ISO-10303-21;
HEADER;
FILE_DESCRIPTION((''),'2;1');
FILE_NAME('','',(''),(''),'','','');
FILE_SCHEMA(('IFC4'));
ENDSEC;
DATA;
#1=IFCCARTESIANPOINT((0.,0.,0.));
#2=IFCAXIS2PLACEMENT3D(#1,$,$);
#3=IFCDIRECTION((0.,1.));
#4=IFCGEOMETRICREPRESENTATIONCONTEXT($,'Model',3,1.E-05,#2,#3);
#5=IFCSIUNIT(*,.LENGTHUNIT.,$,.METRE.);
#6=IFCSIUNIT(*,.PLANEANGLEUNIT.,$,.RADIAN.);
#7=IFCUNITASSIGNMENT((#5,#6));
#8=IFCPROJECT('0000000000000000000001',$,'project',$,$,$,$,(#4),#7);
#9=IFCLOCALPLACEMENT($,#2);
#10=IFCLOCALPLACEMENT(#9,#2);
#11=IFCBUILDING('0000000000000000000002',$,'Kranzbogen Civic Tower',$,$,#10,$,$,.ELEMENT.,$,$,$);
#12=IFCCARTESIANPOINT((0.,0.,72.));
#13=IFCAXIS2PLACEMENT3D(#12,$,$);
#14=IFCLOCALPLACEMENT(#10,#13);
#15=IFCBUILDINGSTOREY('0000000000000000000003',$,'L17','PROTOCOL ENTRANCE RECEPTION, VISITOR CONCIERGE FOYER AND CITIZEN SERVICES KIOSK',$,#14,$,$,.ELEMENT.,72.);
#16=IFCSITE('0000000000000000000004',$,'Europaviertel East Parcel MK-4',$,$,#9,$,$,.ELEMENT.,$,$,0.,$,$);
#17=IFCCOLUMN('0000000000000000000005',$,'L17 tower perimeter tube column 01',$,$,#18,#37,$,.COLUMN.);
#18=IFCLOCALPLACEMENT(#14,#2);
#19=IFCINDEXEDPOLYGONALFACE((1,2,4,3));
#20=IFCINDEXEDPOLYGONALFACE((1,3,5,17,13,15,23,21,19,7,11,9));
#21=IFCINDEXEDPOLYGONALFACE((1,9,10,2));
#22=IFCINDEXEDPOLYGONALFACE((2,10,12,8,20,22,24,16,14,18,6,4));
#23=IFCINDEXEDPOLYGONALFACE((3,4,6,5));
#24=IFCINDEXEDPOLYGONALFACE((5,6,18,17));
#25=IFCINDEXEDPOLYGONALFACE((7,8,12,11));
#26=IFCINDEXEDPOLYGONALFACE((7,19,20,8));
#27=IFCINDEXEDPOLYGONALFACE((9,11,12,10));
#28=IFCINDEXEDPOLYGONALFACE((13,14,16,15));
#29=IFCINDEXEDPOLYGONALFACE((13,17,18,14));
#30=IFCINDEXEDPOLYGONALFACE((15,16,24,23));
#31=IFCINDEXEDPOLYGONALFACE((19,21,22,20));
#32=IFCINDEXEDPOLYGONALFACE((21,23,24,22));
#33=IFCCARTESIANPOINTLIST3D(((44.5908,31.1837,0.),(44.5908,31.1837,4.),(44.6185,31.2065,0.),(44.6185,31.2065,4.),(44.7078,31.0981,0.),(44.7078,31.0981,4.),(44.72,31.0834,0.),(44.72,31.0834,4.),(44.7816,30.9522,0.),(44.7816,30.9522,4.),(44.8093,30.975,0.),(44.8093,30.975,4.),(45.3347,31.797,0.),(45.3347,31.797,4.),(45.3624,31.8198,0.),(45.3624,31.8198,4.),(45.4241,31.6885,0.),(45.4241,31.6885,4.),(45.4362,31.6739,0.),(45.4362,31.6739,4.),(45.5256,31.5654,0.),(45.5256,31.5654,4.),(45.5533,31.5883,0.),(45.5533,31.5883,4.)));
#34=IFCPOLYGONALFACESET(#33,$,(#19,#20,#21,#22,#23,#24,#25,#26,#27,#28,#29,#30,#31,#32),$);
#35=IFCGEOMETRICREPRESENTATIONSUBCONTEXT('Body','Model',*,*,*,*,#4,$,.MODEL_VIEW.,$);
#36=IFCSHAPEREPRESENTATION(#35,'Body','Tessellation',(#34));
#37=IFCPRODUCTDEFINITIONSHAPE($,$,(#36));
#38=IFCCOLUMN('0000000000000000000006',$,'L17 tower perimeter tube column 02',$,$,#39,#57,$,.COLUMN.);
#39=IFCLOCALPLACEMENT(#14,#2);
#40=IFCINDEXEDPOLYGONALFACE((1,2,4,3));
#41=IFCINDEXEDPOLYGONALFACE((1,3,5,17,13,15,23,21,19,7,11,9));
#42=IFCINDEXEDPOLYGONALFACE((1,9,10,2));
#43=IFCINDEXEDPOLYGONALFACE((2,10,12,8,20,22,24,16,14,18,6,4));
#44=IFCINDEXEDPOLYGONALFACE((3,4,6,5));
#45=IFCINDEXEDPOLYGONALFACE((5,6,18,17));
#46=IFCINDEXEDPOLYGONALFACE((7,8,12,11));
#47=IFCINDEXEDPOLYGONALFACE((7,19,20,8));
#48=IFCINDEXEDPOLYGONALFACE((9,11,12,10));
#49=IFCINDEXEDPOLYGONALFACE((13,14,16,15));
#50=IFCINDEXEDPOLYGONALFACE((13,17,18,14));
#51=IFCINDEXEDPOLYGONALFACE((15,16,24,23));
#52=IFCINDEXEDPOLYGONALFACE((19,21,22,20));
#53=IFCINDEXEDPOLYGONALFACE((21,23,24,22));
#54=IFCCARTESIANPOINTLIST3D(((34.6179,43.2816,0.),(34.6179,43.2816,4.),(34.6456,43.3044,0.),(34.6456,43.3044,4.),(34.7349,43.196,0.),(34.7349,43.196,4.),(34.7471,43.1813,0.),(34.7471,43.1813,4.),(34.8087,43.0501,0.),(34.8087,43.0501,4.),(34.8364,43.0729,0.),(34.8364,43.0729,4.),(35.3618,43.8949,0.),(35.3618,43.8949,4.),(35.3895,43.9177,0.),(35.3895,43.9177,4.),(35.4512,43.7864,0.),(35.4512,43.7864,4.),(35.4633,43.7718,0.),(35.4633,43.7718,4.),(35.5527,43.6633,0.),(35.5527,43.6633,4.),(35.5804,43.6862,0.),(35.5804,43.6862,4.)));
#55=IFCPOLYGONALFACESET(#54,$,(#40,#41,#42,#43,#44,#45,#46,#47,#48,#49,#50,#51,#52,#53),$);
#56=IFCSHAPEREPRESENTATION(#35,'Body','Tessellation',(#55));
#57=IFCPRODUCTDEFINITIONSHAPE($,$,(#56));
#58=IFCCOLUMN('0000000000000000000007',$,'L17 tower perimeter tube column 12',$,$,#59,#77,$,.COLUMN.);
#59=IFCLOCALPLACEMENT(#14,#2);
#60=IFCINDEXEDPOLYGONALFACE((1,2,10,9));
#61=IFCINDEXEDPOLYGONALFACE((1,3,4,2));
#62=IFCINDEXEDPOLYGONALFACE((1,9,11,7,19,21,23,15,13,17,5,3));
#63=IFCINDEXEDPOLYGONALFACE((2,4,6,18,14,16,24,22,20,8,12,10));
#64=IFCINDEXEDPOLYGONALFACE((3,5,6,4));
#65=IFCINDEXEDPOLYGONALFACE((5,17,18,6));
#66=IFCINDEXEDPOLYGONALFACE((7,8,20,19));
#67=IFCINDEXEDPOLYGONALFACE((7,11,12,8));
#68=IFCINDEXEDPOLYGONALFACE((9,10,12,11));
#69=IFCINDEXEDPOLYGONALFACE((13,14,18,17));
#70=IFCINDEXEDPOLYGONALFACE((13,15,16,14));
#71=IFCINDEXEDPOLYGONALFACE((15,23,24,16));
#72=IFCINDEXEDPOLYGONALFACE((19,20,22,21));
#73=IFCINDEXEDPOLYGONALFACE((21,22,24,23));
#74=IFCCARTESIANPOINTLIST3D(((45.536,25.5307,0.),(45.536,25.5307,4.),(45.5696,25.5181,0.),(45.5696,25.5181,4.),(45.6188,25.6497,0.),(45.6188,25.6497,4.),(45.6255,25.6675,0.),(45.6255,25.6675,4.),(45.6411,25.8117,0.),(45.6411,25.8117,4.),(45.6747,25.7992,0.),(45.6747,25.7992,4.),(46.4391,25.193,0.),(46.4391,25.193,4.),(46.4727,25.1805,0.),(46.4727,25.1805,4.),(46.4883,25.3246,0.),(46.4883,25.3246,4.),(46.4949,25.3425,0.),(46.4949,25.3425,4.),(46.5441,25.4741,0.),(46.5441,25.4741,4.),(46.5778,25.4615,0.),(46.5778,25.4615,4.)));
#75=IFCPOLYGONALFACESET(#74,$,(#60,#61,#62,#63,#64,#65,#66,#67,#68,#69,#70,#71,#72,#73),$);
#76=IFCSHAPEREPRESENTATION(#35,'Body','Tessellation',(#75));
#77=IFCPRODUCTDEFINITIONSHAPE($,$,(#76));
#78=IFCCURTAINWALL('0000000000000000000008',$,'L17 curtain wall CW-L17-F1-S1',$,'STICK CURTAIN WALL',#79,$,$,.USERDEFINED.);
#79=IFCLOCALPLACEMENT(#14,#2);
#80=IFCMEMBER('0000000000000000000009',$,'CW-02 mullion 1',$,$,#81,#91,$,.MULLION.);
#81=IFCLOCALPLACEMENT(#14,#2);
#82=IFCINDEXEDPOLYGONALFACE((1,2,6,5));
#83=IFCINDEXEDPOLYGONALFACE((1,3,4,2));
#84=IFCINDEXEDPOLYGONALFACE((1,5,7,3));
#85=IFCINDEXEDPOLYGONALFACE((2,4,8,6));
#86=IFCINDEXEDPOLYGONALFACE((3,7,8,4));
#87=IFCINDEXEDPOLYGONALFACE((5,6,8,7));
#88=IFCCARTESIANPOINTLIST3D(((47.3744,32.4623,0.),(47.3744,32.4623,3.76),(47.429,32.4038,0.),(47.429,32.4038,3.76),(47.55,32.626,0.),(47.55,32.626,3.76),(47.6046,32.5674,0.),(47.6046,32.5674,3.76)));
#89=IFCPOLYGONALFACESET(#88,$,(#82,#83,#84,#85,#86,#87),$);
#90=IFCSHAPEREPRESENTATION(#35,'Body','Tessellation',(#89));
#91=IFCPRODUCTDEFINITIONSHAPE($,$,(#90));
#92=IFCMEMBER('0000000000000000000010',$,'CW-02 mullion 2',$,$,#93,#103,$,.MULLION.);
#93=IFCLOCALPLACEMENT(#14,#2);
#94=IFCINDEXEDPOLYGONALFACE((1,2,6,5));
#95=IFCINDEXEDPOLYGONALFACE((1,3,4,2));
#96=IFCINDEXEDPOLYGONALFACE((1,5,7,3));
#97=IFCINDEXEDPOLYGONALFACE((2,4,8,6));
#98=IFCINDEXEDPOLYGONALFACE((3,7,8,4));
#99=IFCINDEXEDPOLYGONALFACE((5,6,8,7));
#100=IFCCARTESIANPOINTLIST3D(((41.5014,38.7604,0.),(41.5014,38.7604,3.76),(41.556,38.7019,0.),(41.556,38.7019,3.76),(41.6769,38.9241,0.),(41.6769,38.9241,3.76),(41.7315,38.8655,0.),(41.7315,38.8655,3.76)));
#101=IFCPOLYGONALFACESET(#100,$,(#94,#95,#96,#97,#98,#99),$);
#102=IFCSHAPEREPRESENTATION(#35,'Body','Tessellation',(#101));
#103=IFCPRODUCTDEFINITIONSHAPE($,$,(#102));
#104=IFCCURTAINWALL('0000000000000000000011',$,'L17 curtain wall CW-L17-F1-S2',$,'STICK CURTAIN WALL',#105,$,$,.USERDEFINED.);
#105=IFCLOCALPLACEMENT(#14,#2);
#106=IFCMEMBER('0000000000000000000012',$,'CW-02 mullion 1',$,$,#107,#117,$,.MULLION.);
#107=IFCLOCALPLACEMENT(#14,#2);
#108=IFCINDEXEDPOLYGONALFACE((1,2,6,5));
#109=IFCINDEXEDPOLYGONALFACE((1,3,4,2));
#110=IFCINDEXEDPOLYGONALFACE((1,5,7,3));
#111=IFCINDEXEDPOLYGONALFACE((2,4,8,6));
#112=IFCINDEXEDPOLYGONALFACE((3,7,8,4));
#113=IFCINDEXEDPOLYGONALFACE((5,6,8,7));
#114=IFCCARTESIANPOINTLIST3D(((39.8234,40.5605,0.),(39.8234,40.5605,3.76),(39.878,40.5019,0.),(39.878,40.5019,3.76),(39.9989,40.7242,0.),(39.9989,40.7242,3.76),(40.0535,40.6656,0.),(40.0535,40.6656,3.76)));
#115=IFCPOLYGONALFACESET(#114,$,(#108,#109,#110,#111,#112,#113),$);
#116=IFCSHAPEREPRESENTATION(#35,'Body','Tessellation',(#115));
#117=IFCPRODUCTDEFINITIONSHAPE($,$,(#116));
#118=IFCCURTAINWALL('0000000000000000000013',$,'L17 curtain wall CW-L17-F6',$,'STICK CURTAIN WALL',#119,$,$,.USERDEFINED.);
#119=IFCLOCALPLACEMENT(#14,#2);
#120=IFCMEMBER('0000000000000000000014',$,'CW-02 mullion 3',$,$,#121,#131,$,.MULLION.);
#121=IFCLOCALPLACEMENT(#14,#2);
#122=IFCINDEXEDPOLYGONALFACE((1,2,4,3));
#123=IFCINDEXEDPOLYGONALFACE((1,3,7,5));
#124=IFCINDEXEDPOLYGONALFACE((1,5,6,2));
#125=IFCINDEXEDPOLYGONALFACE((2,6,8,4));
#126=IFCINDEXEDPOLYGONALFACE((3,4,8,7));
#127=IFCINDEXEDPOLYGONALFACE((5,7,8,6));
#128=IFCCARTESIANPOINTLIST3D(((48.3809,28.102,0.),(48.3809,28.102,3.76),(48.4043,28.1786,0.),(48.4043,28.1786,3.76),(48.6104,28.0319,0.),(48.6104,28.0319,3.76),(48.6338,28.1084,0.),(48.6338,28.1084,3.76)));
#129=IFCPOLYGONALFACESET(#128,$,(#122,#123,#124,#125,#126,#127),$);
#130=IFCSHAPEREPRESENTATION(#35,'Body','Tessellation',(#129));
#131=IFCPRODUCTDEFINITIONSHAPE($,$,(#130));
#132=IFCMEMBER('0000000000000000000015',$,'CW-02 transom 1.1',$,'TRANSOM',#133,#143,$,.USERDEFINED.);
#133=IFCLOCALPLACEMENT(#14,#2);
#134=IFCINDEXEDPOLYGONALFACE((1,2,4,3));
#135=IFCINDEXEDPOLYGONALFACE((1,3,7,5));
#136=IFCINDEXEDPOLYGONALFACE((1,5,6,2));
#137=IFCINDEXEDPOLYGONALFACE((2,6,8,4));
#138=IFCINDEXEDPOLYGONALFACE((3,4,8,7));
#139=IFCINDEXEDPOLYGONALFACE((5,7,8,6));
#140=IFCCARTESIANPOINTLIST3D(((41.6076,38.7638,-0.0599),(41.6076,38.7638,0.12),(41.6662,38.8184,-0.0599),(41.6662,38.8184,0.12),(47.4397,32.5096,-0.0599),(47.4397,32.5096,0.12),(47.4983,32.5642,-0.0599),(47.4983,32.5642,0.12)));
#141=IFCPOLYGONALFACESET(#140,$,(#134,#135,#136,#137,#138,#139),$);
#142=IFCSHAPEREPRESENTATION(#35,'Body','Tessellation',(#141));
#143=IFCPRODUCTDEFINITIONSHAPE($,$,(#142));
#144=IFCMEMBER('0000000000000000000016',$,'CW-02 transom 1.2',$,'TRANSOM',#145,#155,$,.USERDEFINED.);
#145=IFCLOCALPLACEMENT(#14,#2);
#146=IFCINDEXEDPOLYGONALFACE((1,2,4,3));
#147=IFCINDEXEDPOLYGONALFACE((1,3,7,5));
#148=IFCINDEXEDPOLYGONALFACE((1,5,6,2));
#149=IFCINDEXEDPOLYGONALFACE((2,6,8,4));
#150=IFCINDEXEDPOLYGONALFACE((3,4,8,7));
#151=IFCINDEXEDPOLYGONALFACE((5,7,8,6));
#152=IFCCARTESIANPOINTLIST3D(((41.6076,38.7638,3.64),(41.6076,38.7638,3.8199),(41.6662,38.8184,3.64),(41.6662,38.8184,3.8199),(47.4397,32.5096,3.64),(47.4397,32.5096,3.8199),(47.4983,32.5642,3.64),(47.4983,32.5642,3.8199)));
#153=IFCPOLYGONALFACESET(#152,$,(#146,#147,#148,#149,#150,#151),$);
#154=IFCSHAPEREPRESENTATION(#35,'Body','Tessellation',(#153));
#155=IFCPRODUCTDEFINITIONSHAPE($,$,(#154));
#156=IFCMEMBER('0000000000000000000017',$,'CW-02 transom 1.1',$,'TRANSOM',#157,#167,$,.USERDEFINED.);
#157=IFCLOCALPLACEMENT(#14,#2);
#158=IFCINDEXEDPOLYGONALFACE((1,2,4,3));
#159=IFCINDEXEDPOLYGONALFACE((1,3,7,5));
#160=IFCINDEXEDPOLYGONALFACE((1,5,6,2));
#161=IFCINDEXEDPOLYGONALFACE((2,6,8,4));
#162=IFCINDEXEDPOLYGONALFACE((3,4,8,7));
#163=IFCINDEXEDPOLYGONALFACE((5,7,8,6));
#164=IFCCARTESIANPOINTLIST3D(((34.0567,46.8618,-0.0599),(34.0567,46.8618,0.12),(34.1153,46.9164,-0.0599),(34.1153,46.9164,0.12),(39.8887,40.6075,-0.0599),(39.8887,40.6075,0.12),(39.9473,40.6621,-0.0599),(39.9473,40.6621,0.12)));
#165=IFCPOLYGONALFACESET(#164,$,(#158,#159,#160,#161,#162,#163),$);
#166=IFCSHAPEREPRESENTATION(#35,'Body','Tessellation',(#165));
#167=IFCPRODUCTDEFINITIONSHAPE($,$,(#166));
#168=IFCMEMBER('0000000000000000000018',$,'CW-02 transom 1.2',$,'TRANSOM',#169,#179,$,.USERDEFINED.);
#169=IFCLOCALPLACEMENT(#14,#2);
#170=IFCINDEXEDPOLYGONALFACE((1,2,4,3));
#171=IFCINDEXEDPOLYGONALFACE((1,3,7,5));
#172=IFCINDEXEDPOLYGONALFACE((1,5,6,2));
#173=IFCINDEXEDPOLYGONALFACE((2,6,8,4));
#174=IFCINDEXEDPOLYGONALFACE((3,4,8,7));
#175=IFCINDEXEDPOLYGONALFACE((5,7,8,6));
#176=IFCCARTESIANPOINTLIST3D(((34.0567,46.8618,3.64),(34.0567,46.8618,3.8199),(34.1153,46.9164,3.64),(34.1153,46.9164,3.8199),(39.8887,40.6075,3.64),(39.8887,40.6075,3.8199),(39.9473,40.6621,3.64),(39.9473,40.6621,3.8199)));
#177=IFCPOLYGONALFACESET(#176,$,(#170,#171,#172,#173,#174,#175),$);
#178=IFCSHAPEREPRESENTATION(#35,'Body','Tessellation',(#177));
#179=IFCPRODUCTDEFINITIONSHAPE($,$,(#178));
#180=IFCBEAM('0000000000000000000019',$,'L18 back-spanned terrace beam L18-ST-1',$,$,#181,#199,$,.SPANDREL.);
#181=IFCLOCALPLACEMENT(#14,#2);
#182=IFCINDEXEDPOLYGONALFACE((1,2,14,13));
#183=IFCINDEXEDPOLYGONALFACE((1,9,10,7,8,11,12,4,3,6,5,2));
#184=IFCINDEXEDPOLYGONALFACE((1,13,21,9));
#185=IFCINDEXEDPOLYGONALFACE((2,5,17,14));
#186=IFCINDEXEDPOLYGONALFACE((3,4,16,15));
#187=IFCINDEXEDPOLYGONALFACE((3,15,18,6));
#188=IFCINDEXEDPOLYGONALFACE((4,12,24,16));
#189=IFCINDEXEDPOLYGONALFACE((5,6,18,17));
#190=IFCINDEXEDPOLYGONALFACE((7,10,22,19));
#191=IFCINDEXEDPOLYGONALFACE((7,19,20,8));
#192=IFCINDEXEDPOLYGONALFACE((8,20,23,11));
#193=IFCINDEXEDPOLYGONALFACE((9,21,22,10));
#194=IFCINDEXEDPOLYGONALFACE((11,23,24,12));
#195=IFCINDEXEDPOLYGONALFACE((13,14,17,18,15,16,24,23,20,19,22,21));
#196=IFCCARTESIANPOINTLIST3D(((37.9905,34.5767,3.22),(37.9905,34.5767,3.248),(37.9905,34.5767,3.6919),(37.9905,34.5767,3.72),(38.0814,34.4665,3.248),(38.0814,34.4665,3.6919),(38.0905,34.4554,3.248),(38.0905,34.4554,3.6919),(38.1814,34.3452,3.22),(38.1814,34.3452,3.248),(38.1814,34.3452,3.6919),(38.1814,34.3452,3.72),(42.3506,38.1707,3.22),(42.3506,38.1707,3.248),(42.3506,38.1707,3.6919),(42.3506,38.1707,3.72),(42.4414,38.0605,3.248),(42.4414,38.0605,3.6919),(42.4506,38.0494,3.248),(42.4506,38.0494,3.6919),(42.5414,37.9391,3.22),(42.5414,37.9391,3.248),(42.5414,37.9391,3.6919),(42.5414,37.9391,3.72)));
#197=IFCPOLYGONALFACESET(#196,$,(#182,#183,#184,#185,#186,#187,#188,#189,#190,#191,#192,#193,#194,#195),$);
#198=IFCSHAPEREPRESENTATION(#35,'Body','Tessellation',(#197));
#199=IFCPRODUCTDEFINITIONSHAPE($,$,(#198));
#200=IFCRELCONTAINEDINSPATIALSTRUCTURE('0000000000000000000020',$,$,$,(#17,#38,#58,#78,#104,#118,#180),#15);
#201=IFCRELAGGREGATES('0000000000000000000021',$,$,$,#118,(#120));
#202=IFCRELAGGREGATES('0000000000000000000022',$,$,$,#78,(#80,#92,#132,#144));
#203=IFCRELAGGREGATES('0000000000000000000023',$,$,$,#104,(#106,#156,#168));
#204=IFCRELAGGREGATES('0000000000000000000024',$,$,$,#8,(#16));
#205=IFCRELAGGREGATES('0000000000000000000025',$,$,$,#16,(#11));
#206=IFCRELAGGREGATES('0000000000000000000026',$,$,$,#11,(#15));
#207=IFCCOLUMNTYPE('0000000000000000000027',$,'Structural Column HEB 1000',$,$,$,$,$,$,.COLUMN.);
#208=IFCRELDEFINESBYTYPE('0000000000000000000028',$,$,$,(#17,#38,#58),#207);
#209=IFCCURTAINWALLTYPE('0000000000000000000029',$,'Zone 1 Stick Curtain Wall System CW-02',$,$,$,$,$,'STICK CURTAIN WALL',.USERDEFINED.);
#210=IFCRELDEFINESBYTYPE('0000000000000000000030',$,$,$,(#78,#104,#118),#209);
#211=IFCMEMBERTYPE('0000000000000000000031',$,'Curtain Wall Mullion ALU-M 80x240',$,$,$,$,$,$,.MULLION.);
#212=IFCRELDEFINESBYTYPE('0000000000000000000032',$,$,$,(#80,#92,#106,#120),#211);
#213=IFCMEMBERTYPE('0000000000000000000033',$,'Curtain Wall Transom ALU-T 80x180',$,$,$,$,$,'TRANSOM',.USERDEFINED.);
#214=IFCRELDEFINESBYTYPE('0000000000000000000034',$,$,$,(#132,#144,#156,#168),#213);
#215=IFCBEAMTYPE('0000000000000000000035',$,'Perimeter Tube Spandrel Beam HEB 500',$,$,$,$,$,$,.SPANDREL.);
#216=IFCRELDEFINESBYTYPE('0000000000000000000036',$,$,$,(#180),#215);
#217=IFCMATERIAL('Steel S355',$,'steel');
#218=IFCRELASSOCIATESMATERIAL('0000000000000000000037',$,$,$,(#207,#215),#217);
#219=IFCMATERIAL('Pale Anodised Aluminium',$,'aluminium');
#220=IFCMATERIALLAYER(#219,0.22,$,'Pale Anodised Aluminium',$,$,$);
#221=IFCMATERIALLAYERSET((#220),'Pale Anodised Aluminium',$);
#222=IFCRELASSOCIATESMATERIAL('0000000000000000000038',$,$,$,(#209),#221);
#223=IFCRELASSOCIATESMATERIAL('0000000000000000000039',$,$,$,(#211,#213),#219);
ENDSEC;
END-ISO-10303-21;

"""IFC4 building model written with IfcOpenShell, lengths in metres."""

from ifc_helpers import new_model, si_unit, direction, frame, origin, origin_2d, place, context, subcontext, project, spatial, rectangle, i_section, extrude, material, layer, layer_set, material_profile, profile_set, type_object, element, aggregate, save


model = new_model("IFC4")

# Units and contexts
model_context = context("Model", 3, precision=1e-05, world=origin(), true_north=direction((0.0, 1.0)))
body_context = subcontext(model_context, "Body", "Model", "MODEL_VIEW")
ifc_project = project(units=[si_unit("LENGTHUNIT", "METRE"), si_unit("PLANEANGLEUNIT", "RADIAN")], contexts=[model_context])

# Site, building, storey
site_placement = place(None, origin())
site = spatial("IfcSite", under=ifc_project, at=site_placement, Name="Europaviertel East Parcel MK-4", CompositionType="ELEMENT", RefElevation=0.0)
building_placement = place(site_placement, origin())
building = spatial("IfcBuilding", under=site, at=building_placement, Name="Kranzbogen Civic Tower", CompositionType="ELEMENT")
storey_placement = place(building_placement, frame((0.0, 0.0, 72.0)))
storey = spatial("IfcBuildingStorey", under=building, at=storey_placement, Name="L17", Description="PROTOCOL ENTRANCE RECEPTION, VISITOR CONCIERGE FOYER AND CITIZEN SERVICES KIOSK", CompositionType="ELEMENT", Elevation=72.0)

# Columns
ifc_material_1 = material(Name="Steel S355", Category="steel")
ifc_material_profile_1 = material_profile(ifc_material_1, i_section(OverallWidth=0.3, OverallDepth=1.0, WebThickness=0.019, FlangeThickness=0.0359, at=origin_2d()), Name="HEB 1000")
ifc_profile_set_1 = profile_set([ifc_material_profile_1], Name="Steel S355")
column_type = type_object("IfcColumnType", Name="Structural Column HEB 1000", PredefinedType="COLUMN", material=ifc_profile_set_1)
for number, where, z_axis, x_axis, name in (
    (1, (45.072, 31.386, 0.0), (0.0, 0.0, 1.0), (-0.636078, 0.771625, 0.0), "L17 tower perimeter tube column 01"),
    (2, (35.0991, 43.4839, 0.0), (0.0, 0.0, 1.0), (-0.636078, 0.771625, 0.0), "L17 tower perimeter tube column 02"),
    (3, (46.0569, 25.4961, 0.0), (0.0, 0.0, 1.0), (0.350207, 0.936672, 0.0), "L17 tower perimeter tube column 12"),
):
    element("IfcColumn", number, at=place(storey_placement, frame(where, z_axis=z_axis, x_axis=x_axis)), inside=storey, type_object=column_type, Name=name, PredefinedType="COLUMN", context=body_context, shape_type="SweptSolid", body=[
        extrude(i_section(OverallWidth=0.3, OverallDepth=1.0, WebThickness=0.019, FlangeThickness=0.0359, at=origin_2d()), origin(), (0.0, 0.0, 1.0), 4.0),
    ])

# Curtain wall, members
ifc_material_2 = material(Name="Pale Anodised Aluminium", Category="aluminium")
ifc_layer_1 = layer(ifc_material_2, 0.22, Name="Pale Anodised Aluminium")
ifc_layer_set_1 = layer_set([ifc_layer_1], Name="Pale Anodised Aluminium")
curtain_wall_type = type_object("IfcCurtainWallType", Name="Zone 1 Stick Curtain Wall System CW-02", ElementType="STICK CURTAIN WALL", PredefinedType="USERDEFINED", material=ifc_layer_set_1)
curtain_wall_1_placement = place(storey_placement, origin())
curtain_wall_1 = element("IfcCurtainWall", 4, at=curtain_wall_1_placement, inside=storey, type_object=curtain_wall_type, Name="L17 curtain wall CW-L17-F1-S1", ObjectType="STICK CURTAIN WALL", PredefinedType="USERDEFINED")
ifc_material_profile_2 = material_profile(ifc_material_2, rectangle(XDim=0.0801, YDim=0.24, at=origin_2d()), Name="ALU-M 80x240")
ifc_profile_set_2 = profile_set([ifc_material_profile_2], Name="Pale Anodised Aluminium")
member_type_1 = type_object("IfcMemberType", Name="Curtain Wall Mullion ALU-M 80x240", PredefinedType="MULLION", material=ifc_profile_set_2)
member_1_placement = place(storey_placement, frame((47.4895, 32.5149, 0.0), z_axis=(0.0, 0.0, 1.0), x_axis=(-0.681998, 0.731354, 0.0)))
member_1 = element("IfcMember", 5, at=member_1_placement, type_object=member_type_1, Name="CW-02 mullion 1", PredefinedType="MULLION", context=body_context, shape_type="SweptSolid", body=[
    extrude(rectangle(XDim=0.0801, YDim=0.24, at=origin_2d()), origin(), (0.0, 0.0, 1.0), 3.76),
])
member_2_placement = place(storey_placement, frame((41.6165, 38.813, 0.0), z_axis=(0.0, 0.0, 1.0), x_axis=(-0.681998, 0.731354, 0.0)))
member_2 = element("IfcMember", 6, at=member_2_placement, type_object=member_type_1, Name="CW-02 mullion 2", PredefinedType="MULLION", context=body_context, shape_type="SweptSolid", body=[
    extrude(rectangle(XDim=0.0801, YDim=0.24, at=origin_2d()), origin(), (0.0, 0.0, 1.0), 3.76),
])

# Curtain walls, members
curtain_wall_2_placement = place(storey_placement, origin())
curtain_wall_2 = element("IfcCurtainWall", 7, at=curtain_wall_2_placement, inside=storey, type_object=curtain_wall_type, Name="L17 curtain wall CW-L17-F1-S2", ObjectType="STICK CURTAIN WALL", PredefinedType="USERDEFINED")
member_3_placement = place(storey_placement, frame((39.9385, 40.613, 0.0), z_axis=(0.0, 0.0, 1.0), x_axis=(-0.681998, 0.731354, 0.0)))
member_3 = element("IfcMember", 8, at=member_3_placement, type_object=member_type_1, Name="CW-02 mullion 1", PredefinedType="MULLION", context=body_context, shape_type="SweptSolid", body=[
    extrude(rectangle(XDim=0.0801, YDim=0.24, at=origin_2d()), origin(), (0.0, 0.0, 1.0), 3.76),
])
curtain_wall_3_placement = place(storey_placement, origin())
curtain_wall_3 = element("IfcCurtainWall", 9, at=curtain_wall_3_placement, inside=storey, type_object=curtain_wall_type, Name="L17 curtain wall CW-L17-F6", ObjectType="STICK CURTAIN WALL", PredefinedType="USERDEFINED")
member_4_placement = place(storey_placement, frame((48.5073, 28.1052, 0.0), z_axis=(0.0, 0.0, 1.0), x_axis=(0.292381, 0.956302, 0.0)))
member_4 = element("IfcMember", 10, at=member_4_placement, type_object=member_type_1, Name="CW-02 mullion 3", PredefinedType="MULLION", context=body_context, shape_type="SweptSolid", body=[
    extrude(rectangle(XDim=0.0801, YDim=0.24, at=origin_2d()), origin(), (0.0, 0.0, 1.0), 3.76),
])
aggregate(curtain_wall_3, [member_4])

# Members
ifc_material_profile_3 = material_profile(ifc_material_2, rectangle(XDim=0.0801, YDim=0.1799, at=origin_2d()), Name="ALU-T 80x180")
ifc_profile_set_3 = profile_set([ifc_material_profile_3], Name="Pale Anodised Aluminium")
member_type_2 = type_object("IfcMemberType", Name="Curtain Wall Transom ALU-T 80x180", ElementType="TRANSOM", PredefinedType="USERDEFINED", material=ifc_profile_set_3)
member_5_placement = place(storey_placement, frame((47.469, 32.5369, 0.03), z_axis=(-0.681995, 0.731357, 0.0), x_axis=(-0.731357, -0.681995, 0.0)))
member_5 = element("IfcMember", 11, at=member_5_placement, type_object=member_type_2, Name="CW-02 transom 1.1", ObjectType="TRANSOM", PredefinedType="USERDEFINED", context=body_context, shape_type="SweptSolid", body=[
    extrude(rectangle(XDim=0.0801, YDim=0.1799, at=origin_2d()), origin(), (0.0, 0.0, 1.0), 8.5515),
])
member_6_placement = place(storey_placement, frame((47.469, 32.5369, 3.73), z_axis=(-0.681995, 0.731357, 0.0), x_axis=(-0.731357, -0.681995, 0.0)))
member_6 = element("IfcMember", 12, at=member_6_placement, type_object=member_type_2, Name="CW-02 transom 1.2", ObjectType="TRANSOM", PredefinedType="USERDEFINED", context=body_context, shape_type="SweptSolid", body=[
    extrude(rectangle(XDim=0.0801, YDim=0.1799, at=origin_2d()), origin(), (0.0, 0.0, 1.0), 8.5515),
])
member_7_placement = place(storey_placement, frame((39.918, 40.6348, 0.03), z_axis=(-0.68198, 0.73137, 0.0), x_axis=(-0.73137, -0.68198, 0.0)))
member_7 = element("IfcMember", 13, at=member_7_placement, type_object=member_type_2, Name="CW-02 transom 1.1", ObjectType="TRANSOM", PredefinedType="USERDEFINED", context=body_context, shape_type="SweptSolid", body=[
    extrude(rectangle(XDim=0.0801, YDim=0.1799, at=origin_2d()), origin(), (0.0, 0.0, 1.0), 8.5515),
])
member_8_placement = place(storey_placement, frame((39.918, 40.6348, 3.73), z_axis=(-0.68198, 0.73137, 0.0), x_axis=(-0.73137, -0.68198, 0.0)))
member_8 = element("IfcMember", 14, at=member_8_placement, type_object=member_type_2, Name="CW-02 transom 1.2", ObjectType="TRANSOM", PredefinedType="USERDEFINED", context=body_context, shape_type="SweptSolid", body=[
    extrude(rectangle(XDim=0.0801, YDim=0.1799, at=origin_2d()), origin(), (0.0, 0.0, 1.0), 8.5515),
])

# Beam
ifc_material_profile_4 = material_profile(ifc_material_1, i_section(OverallWidth=0.3, OverallDepth=0.5, WebThickness=0.0144, FlangeThickness=0.0281, at=origin_2d()), Name="HEB 500")
ifc_profile_set_4 = profile_set([ifc_material_profile_4], Name="Steel S355")
beam_type_1 = type_object("IfcBeamType", Name="Perimeter Tube Spandrel Beam HEB 500", PredefinedType="SPANDREL", material=ifc_profile_set_4)
beam_1_placement = place(storey_placement, frame((38.0859, 34.4609, 3.47), z_axis=(0.771642, 0.636057, 0.0), x_axis=(-0.636057, 0.771642, 0.0)))
element("IfcBeam", 15, at=beam_1_placement, inside=storey, type_object=beam_type_1, Name="L18 back-spanned terrace beam L18-ST-1", PredefinedType="SPANDREL", context=body_context, shape_type="SweptSolid", body=[
    extrude(i_section(OverallWidth=0.3, OverallDepth=0.5, WebThickness=0.0144, FlangeThickness=0.0281, at=origin_2d()), origin(), (0.0, 0.0, 1.0), 5.6504),
])

aggregate(curtain_wall_1, [member_1, member_2, member_5, member_6])
aggregate(curtain_wall_2, [member_3, member_7, member_8])

save(model, "model.ifc")
